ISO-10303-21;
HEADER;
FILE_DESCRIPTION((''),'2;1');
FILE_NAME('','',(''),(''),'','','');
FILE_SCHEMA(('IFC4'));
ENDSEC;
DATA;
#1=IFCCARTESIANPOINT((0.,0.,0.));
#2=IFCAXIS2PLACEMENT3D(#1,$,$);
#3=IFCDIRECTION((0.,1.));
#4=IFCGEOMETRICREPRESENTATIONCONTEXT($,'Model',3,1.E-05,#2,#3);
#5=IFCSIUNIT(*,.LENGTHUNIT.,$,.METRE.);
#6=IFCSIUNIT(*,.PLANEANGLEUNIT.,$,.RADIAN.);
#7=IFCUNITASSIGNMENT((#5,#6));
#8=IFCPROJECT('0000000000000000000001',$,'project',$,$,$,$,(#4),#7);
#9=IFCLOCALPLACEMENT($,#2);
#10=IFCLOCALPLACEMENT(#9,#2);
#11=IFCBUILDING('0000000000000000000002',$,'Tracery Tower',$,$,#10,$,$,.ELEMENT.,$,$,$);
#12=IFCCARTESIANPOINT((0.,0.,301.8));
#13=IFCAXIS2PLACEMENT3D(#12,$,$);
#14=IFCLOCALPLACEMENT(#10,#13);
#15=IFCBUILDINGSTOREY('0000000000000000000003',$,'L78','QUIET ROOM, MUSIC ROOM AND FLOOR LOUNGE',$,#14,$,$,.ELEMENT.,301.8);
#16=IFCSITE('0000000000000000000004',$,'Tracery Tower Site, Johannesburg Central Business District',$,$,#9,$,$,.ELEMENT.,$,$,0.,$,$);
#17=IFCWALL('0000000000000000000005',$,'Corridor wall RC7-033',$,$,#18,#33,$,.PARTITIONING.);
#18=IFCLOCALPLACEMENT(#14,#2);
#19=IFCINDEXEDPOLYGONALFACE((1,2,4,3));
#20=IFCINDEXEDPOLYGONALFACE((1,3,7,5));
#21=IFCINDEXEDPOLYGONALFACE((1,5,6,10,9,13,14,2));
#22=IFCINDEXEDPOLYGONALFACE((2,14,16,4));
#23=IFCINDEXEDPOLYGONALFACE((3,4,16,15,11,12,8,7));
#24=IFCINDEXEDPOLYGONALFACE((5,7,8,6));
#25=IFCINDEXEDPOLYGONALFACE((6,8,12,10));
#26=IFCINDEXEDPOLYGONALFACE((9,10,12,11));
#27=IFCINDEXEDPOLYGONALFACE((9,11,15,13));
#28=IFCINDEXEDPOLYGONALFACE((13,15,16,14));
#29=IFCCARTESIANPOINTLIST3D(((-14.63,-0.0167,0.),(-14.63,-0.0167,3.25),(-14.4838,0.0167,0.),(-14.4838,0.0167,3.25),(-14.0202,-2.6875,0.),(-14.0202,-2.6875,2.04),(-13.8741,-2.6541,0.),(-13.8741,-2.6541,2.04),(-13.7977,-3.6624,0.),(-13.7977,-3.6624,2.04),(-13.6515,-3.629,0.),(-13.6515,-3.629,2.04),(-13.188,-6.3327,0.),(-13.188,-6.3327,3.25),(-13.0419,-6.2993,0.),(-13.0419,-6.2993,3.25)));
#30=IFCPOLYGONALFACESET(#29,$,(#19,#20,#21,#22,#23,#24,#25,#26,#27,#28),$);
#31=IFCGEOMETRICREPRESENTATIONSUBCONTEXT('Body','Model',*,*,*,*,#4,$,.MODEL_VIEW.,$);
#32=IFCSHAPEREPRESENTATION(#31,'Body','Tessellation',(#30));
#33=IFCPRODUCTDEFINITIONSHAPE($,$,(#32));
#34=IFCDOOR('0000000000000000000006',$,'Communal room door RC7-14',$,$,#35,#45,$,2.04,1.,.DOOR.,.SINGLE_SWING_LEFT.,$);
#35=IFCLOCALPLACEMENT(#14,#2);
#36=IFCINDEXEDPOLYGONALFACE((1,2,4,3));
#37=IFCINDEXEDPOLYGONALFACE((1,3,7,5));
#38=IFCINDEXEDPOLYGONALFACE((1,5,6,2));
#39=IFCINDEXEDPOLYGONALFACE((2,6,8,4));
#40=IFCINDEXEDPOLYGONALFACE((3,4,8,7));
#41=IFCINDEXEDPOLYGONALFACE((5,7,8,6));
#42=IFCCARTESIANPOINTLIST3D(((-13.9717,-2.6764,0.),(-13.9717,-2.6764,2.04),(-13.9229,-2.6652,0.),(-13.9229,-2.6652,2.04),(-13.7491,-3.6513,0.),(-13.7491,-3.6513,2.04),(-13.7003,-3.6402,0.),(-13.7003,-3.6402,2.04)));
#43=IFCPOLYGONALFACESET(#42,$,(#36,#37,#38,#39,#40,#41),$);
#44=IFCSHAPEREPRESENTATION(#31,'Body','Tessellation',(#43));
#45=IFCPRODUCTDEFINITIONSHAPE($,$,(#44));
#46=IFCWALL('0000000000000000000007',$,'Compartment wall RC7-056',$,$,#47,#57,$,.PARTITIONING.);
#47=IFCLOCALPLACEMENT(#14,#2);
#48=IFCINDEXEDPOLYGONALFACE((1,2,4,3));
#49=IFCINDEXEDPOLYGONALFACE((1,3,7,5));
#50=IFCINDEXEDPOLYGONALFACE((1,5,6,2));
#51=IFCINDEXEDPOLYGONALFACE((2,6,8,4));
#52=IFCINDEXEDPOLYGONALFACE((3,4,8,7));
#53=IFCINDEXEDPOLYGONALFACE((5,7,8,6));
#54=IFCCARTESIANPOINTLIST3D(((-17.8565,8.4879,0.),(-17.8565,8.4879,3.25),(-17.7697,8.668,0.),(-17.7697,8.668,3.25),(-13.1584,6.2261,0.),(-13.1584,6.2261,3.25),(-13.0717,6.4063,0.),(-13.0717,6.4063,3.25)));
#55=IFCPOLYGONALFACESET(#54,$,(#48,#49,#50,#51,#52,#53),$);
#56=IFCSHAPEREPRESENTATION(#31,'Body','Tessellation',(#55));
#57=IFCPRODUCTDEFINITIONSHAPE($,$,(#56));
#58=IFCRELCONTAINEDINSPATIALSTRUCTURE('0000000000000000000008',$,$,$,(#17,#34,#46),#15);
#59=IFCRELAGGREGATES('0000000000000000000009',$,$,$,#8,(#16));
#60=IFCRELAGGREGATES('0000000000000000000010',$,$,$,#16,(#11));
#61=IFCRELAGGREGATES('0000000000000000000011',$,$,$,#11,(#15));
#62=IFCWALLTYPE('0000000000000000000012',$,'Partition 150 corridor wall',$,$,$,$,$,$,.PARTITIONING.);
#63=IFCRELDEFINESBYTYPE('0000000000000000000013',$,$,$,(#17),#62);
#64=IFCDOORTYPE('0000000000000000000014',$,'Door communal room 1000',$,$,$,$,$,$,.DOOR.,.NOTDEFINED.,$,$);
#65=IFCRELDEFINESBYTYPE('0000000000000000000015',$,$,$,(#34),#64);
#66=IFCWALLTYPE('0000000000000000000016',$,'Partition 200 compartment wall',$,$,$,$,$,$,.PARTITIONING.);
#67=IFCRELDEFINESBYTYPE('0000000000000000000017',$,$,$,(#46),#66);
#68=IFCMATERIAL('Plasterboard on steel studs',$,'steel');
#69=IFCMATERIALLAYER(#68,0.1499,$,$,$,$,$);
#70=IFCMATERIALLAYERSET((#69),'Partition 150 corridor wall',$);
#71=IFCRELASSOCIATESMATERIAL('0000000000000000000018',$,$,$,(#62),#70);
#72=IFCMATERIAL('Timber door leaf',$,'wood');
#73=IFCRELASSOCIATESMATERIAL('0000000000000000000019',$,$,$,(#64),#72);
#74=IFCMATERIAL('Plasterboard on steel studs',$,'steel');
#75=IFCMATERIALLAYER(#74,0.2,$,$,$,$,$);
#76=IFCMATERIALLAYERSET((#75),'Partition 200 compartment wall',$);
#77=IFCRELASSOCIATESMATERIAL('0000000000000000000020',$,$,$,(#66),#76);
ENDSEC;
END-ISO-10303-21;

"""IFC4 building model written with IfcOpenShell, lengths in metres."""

from ifc_helpers import new_model, si_unit, direction, frame, frame_2d, origin, place, context, subcontext, project, spatial, rectangle, extrude, material, layer, layer_set, type_object, element, fill, save


model = new_model("IFC4")

# Units and contexts
model_context = context("Model", 3, precision=1e-05, world=origin(), true_north=direction((0.0, 1.0)))
body_context = subcontext(model_context, "Body", "Model", "MODEL_VIEW")
ifc_project = project(units=[si_unit("LENGTHUNIT", "METRE"), si_unit("PLANEANGLEUNIT", "RADIAN")], contexts=[model_context])

# Site, building, storey
site_placement = place(None, origin())
site = spatial("IfcSite", under=ifc_project, at=site_placement, Name="Tracery Tower Site, Johannesburg Central Business District", CompositionType="ELEMENT", RefElevation=0.0)
building_placement = place(site_placement, origin())
building = spatial("IfcBuilding", under=site, at=building_placement, Name="Tracery Tower", CompositionType="ELEMENT")
storey_placement = place(building_placement, frame((0.0, 0.0, 301.8)))
storey = spatial("IfcBuildingStorey", under=building, at=storey_placement, Name="L78", Description="QUIET ROOM, MUSIC ROOM AND FLOOR LOUNGE", CompositionType="ELEMENT", Elevation=301.8)

# Wall, opening, door
ifc_material_1 = material(Name="Plasterboard on steel studs", Category="steel")
ifc_layer_1 = layer(ifc_material_1, 0.1499)
ifc_layer_set_1 = layer_set([ifc_layer_1], Name="Partition 150 corridor wall")
wall_type_1 = type_object("IfcWallType", Name="Partition 150 corridor wall", PredefinedType="PARTITIONING", material=ifc_layer_set_1)
wall_1_placement = place(storey_placement, frame((-14.5569, 0.0, 0.0), z_axis=(0.0, 0.0, 1.0), x_axis=(0.222569, -0.974917, 0.0)))
wall_1 = element("IfcWall", 1, at=wall_1_placement, inside=storey, type_object=wall_type_1, Name="Corridor wall RC7-033", PredefinedType="PARTITIONING", context=body_context, shape_type="SweptSolid", body=[
    extrude(rectangle(XDim=6.4785, YDim=0.1499, at=frame_2d((3.2393, 0.0))), origin(), (0.0, 0.0, 1.0), 3.25),
])
opening_1_placement = place(wall_1_placement, frame((2.7395, 0.0, 0.0)))
opening_1 = element("IfcOpeningElement", 2, at=opening_1_placement, cuts=wall_1, PredefinedType="OPENING", context=body_context, shape_type="SweptSolid", body=[
    extrude(rectangle(XDim=1.0, YDim=2.04, at=frame_2d((0.5, 1.02))), frame((0.0, 0.075, 0.0), z_axis=(0.0, -1.0, 0.0), x_axis=(1.0, 0.0, 0.0)), (0.0, 0.0, 1.0), 0.1499),
])
ifc_material_2 = material(Name="Timber door leaf", Category="wood")
door_type_1 = type_object("IfcDoorType", Name="Door communal room 1000", OperationType="NOTDEFINED", PredefinedType="DOOR", material=ifc_material_2)
door_1_placement = place(opening_1_placement, origin())
door_1 = element("IfcDoor", 3, at=door_1_placement, inside=storey, type_object=door_type_1, Name="Communal room door RC7-14", OperationType="SINGLE_SWING_LEFT", OverallHeight=2.04, OverallWidth=1.0, PredefinedType="DOOR", context=body_context, shape_type="SweptSolid", body=[
    extrude(rectangle(XDim=1.0, YDim=2.04, at=frame_2d((0.5, 1.02))), frame((0.0, 0.0249, 0.0), z_axis=(0.0, -1.0, 0.0), x_axis=(1.0, 0.0, 0.0)), (0.0, 0.0, 1.0), 0.05),
])
fill(opening_1, door_1)

# Wall
ifc_material_3 = material(Name="Plasterboard on steel studs", Category="steel")
ifc_layer_2 = layer(ifc_material_3, 0.2)
ifc_layer_set_2 = layer_set([ifc_layer_2], Name="Partition 200 compartment wall")
wall_type_2 = type_object("IfcWallType", Name="Partition 200 compartment wall", PredefinedType="PARTITIONING", material=ifc_layer_set_2)
wall_2_placement = place(storey_placement, frame((-17.813, 8.5779, 0.0), z_axis=(0.0, 0.0, 1.0), x_axis=(0.901023, -0.433772, 0.0)))
element("IfcWall", 4, at=wall_2_placement, inside=storey, type_object=wall_type_2, Name="Compartment wall RC7-056", PredefinedType="PARTITIONING", context=body_context, shape_type="SweptSolid", body=[
    extrude(rectangle(XDim=5.2141, YDim=0.2, at=frame_2d((2.6069, 0.0))), origin(), (0.0, 0.0, 1.0), 3.25),
])

save(model, "model.ifc")
